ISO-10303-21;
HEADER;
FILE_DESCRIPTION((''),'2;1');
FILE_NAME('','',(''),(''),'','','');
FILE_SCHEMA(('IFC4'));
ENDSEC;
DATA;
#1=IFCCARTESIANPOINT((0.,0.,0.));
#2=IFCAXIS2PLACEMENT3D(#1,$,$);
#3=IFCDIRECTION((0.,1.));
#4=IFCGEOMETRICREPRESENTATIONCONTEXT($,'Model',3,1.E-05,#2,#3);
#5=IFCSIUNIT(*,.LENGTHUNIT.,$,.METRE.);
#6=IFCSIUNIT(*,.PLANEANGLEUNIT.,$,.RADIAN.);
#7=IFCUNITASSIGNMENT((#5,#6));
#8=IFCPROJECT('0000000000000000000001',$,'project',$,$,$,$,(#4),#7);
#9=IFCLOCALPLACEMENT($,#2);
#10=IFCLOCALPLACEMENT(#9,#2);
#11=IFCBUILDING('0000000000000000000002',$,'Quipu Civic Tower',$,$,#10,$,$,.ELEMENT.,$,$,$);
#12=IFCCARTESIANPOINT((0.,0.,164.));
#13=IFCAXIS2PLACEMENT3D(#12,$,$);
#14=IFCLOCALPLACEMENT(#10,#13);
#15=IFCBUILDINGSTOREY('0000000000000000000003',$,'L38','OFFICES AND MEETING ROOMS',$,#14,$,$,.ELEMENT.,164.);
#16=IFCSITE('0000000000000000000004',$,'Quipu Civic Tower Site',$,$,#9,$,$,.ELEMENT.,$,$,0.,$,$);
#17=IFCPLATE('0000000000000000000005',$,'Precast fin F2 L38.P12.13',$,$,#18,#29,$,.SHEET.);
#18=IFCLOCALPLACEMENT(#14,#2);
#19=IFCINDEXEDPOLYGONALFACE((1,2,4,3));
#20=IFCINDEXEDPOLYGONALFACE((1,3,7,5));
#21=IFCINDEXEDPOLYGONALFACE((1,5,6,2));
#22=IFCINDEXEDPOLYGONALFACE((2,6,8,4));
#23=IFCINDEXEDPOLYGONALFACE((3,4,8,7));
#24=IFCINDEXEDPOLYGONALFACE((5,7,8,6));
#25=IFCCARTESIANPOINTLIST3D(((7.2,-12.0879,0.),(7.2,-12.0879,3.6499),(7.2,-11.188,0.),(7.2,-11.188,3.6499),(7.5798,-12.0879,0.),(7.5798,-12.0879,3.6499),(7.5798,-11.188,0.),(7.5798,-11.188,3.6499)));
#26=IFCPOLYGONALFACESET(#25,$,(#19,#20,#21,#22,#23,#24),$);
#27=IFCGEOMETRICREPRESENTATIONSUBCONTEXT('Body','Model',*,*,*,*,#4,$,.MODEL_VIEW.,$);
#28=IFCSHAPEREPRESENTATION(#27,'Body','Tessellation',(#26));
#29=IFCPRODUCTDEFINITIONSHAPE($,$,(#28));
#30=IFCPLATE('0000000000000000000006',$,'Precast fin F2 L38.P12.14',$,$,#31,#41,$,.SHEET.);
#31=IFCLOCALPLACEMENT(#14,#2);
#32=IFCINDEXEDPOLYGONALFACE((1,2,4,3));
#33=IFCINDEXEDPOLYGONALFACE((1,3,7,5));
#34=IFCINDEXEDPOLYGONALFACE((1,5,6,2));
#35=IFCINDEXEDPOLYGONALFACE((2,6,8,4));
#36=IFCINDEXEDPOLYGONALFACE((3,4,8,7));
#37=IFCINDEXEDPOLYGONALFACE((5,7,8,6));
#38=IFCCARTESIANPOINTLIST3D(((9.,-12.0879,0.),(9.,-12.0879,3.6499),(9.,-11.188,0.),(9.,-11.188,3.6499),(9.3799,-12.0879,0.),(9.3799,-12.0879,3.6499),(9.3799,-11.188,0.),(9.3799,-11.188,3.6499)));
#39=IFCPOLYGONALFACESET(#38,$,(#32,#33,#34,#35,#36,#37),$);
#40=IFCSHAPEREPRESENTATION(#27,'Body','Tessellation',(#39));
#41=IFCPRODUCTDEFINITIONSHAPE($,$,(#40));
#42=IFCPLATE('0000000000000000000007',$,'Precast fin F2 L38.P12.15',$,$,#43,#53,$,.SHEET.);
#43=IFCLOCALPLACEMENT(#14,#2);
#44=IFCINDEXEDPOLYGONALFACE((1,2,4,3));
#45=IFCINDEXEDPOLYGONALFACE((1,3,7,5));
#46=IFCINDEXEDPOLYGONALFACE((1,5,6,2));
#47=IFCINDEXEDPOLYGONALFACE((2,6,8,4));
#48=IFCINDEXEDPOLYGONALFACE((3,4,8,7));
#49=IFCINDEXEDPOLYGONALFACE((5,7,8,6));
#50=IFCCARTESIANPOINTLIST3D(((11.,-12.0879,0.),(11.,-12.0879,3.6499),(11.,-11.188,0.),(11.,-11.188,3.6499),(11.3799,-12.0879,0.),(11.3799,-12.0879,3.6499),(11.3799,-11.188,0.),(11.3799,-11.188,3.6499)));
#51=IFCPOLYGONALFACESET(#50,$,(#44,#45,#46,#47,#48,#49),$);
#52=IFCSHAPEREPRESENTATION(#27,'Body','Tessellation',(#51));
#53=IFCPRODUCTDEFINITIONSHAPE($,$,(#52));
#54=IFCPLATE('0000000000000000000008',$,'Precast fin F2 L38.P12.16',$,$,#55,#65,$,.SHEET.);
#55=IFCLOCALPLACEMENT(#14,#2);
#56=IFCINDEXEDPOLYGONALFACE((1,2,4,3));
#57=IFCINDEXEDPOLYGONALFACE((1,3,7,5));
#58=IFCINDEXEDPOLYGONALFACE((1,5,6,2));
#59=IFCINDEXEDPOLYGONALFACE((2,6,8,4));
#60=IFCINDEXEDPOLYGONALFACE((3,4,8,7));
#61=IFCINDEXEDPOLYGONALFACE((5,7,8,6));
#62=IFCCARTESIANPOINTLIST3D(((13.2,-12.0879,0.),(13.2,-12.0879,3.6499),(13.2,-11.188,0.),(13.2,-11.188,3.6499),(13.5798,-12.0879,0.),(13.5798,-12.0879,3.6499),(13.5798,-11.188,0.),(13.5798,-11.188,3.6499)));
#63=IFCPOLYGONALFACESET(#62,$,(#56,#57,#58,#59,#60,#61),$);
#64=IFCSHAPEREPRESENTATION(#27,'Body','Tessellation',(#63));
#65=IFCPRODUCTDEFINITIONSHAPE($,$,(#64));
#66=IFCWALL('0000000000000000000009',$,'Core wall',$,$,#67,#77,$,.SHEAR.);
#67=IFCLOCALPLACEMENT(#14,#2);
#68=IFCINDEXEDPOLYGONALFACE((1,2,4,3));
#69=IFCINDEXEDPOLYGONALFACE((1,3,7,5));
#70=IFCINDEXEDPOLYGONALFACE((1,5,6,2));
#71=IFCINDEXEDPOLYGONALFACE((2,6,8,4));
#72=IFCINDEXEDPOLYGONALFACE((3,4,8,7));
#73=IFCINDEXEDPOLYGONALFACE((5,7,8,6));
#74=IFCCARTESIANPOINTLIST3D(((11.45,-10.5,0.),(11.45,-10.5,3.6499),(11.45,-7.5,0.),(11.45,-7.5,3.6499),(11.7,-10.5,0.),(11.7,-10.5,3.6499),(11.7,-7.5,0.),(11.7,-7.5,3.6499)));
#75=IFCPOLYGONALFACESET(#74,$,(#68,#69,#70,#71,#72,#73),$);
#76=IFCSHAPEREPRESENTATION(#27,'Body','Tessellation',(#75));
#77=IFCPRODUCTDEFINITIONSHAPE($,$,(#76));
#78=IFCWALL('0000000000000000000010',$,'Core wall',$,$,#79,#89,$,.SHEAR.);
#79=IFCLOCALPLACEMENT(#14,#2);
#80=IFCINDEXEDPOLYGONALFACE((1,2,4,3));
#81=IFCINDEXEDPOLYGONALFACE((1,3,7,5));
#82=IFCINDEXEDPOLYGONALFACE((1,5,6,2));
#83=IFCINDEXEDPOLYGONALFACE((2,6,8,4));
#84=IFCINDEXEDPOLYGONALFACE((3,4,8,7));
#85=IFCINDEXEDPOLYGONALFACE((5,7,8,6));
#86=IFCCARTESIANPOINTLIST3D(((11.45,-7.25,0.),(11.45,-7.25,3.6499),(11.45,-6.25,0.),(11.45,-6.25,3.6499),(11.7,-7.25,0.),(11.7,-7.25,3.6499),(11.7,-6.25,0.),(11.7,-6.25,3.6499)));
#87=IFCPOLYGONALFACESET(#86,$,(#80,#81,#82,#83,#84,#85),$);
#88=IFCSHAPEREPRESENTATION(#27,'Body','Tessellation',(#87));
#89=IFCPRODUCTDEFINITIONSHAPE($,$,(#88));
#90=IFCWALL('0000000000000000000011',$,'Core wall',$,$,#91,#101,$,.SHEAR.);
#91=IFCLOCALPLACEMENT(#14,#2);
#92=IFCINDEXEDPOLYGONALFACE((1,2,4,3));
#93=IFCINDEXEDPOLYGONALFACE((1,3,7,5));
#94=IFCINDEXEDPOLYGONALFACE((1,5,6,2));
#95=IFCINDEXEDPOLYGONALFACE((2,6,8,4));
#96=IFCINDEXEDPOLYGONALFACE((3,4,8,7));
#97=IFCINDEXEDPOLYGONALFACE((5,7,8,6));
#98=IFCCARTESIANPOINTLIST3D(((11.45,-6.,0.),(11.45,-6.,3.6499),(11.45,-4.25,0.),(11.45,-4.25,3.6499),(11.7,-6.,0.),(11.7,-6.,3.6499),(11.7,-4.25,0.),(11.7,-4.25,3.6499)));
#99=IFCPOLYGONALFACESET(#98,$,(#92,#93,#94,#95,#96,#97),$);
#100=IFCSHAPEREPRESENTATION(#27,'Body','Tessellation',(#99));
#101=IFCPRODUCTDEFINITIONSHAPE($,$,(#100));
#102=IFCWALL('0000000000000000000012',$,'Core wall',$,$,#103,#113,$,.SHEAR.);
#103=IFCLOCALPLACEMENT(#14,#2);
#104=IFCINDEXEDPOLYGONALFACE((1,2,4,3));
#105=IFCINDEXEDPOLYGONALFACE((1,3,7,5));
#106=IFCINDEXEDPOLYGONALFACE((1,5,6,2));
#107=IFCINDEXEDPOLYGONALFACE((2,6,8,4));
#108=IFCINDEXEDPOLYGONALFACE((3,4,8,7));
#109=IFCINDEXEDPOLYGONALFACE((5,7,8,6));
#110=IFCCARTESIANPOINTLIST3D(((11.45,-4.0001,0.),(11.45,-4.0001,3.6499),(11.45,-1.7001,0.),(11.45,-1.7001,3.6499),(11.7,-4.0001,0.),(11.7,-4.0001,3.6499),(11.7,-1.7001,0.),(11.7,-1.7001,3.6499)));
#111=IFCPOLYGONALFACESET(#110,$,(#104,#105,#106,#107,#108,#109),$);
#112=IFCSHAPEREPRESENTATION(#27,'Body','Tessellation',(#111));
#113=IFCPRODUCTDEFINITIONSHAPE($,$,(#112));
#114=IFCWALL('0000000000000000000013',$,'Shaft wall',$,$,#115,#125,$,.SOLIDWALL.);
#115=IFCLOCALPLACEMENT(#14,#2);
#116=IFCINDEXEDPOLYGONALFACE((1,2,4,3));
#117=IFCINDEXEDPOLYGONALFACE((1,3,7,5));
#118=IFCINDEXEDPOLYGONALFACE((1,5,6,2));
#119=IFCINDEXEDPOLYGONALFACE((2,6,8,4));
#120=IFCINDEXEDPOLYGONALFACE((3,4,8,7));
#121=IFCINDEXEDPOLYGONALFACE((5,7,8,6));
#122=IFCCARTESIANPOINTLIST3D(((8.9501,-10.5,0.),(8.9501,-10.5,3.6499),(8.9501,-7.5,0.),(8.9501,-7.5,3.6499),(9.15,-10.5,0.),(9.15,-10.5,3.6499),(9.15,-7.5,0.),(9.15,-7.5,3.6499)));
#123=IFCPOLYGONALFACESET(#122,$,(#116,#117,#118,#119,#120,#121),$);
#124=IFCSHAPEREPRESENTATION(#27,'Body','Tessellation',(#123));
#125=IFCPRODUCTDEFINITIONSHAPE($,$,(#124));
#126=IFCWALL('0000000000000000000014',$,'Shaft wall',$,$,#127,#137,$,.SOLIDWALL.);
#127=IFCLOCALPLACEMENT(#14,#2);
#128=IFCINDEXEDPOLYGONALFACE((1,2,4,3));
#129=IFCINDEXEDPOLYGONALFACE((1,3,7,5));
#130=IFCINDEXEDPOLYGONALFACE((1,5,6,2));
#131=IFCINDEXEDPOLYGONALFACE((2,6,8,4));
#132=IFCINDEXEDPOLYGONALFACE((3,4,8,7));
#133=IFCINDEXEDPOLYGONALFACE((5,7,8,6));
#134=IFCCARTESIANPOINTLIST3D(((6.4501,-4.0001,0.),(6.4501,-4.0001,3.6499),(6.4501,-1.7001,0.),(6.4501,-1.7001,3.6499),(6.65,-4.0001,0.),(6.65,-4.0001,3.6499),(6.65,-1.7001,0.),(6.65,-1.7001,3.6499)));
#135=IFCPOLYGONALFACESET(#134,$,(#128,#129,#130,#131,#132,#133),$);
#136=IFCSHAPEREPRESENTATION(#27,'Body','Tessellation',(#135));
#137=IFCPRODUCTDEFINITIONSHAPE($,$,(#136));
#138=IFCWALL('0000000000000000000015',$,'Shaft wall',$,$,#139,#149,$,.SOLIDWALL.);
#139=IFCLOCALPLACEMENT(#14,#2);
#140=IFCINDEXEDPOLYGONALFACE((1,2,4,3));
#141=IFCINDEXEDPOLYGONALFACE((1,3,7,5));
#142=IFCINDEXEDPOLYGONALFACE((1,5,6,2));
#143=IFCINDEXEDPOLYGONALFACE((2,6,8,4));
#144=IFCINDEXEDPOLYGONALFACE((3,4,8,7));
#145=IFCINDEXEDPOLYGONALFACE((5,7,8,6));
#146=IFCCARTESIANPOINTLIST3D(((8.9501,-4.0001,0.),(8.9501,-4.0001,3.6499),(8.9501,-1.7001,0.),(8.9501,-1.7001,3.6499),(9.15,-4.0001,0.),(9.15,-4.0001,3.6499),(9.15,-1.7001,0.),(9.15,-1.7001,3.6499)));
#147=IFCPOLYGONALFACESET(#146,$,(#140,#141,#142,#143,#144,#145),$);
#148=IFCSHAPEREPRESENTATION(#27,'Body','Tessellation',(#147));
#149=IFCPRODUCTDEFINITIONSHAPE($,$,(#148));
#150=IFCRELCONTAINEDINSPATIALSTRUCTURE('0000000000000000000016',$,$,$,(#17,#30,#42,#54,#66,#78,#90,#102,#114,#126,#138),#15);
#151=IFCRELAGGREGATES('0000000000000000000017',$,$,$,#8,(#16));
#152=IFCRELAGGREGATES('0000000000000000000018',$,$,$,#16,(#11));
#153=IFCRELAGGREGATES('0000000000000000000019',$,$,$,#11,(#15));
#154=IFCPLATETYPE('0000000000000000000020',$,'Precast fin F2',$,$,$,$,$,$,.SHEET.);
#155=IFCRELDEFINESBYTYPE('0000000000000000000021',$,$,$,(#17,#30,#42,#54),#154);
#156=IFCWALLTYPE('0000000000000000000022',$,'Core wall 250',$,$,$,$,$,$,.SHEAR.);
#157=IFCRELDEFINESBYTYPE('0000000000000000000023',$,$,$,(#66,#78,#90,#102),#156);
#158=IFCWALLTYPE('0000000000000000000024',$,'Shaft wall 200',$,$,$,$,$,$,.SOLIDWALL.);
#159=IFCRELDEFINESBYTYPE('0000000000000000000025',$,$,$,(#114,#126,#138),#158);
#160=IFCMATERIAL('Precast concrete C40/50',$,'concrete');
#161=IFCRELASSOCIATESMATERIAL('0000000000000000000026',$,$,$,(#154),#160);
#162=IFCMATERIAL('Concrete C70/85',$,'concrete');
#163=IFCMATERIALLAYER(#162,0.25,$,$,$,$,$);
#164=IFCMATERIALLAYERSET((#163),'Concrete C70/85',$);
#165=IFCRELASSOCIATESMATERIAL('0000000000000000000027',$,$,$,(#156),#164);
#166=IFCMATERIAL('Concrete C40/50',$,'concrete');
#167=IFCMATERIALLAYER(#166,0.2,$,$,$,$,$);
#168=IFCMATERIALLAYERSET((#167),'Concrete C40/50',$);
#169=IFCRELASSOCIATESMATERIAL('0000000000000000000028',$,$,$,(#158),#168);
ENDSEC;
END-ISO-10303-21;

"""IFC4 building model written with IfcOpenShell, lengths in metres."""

from ifc_helpers import new_model, si_unit, direction, frame, frame_2d, origin, origin_2d, place, context, subcontext, project, spatial, rectangle, extrude, material, layer, layer_set, type_object, element, save


model = new_model("IFC4")

# Units and contexts
model_context = context("Model", 3, precision=1e-05, world=origin(), true_north=direction((0.0, 1.0)))
body_context = subcontext(model_context, "Body", "Model", "MODEL_VIEW")
ifc_project = project(units=[si_unit("LENGTHUNIT", "METRE"), si_unit("PLANEANGLEUNIT", "RADIAN")], contexts=[model_context])

# Site, building, storey
site_placement = place(None, origin())
site = spatial("IfcSite", under=ifc_project, at=site_placement, Name="Quipu Civic Tower Site", CompositionType="ELEMENT", RefElevation=0.0)
building_placement = place(site_placement, origin())
building = spatial("IfcBuilding", under=site, at=building_placement, Name="Quipu Civic Tower", CompositionType="ELEMENT")
storey_placement = place(building_placement, frame((0.0, 0.0, 164.0)))
storey = spatial("IfcBuildingStorey", under=building, at=storey_placement, Name="L38", Description="OFFICES AND MEETING ROOMS", CompositionType="ELEMENT", Elevation=164.0)

# Plates
ifc_material_1 = material(Name="Precast concrete C40/50", Category="concrete")
plate_type = type_object("IfcPlateType", Name="Precast fin F2", PredefinedType="SHEET", material=ifc_material_1)
for number, where, z_axis, x_axis, name in (
    (1, (7.3899, -11.6379, 0.0), (0.0, 0.0, 1.0), (1.0, 0.0, 0.0), "Precast fin F2 L38.P12.13"),
    (2, (9.1899, -11.6379, 0.0), (0.0, 0.0, 1.0), (1.0, 0.0, 0.0), "Precast fin F2 L38.P12.14"),
    (3, (11.1899, -11.6379, 0.0), (0.0, 0.0, 1.0), (1.0, 0.0, 0.0), "Precast fin F2 L38.P12.15"),
    (4, (13.3899, -11.6379, 0.0), (0.0, 0.0, 1.0), (1.0, 0.0, 0.0), "Precast fin F2 L38.P12.16"),
):
    element("IfcPlate", number, at=place(storey_placement, frame(where, z_axis=z_axis, x_axis=x_axis)), inside=storey, type_object=plate_type, Name=name, PredefinedType="SHEET", context=body_context, shape_type="SweptSolid", body=[
        extrude(rectangle(XDim=0.3799, YDim=0.8999, at=origin_2d()), origin(), (0.0, 0.0, 1.0), 3.6499),
    ])

# Wall
ifc_material_2 = material(Name="Concrete C70/85", Category="concrete")
ifc_layer_1 = layer(ifc_material_2, 0.25)
ifc_layer_set_1 = layer_set([ifc_layer_1], Name="Concrete C70/85")
wall_type_1 = type_object("IfcWallType", Name="Core wall 250", PredefinedType="SHEAR", material=ifc_layer_set_1)
wall_1_placement = place(storey_placement, frame((11.575, -10.5, 0.0), z_axis=(0.0, 0.0, 1.0), x_axis=(0.0, 1.0, 0.0)))
element("IfcWall", 5, at=wall_1_placement, inside=storey, type_object=wall_type_1, Name="Core wall", PredefinedType="SHEAR", context=body_context, shape_type="SweptSolid", body=[
    extrude(rectangle(XDim=3.0, YDim=0.25, at=frame_2d((1.5, 0.0))), origin(), (0.0, 0.0, 1.0), 3.6499),
])

# Walls
wall_2_placement = place(storey_placement, frame((11.575, -7.25, 0.0), z_axis=(0.0, 0.0, 1.0), x_axis=(0.0, 1.0, 0.0)))
element("IfcWall", 6, at=wall_2_placement, inside=storey, type_object=wall_type_1, Name="Core wall", PredefinedType="SHEAR", context=body_context, shape_type="SweptSolid", body=[
    extrude(rectangle(XDim=1.0, YDim=0.25, at=frame_2d((0.5, 0.0))), origin(), (0.0, 0.0, 1.0), 3.6499),
])
wall_3_placement = place(storey_placement, frame((11.575, -6.0, 0.0), z_axis=(0.0, 0.0, 1.0), x_axis=(0.0, 1.0, 0.0)))
element("IfcWall", 7, at=wall_3_placement, inside=storey, type_object=wall_type_1, Name="Core wall", PredefinedType="SHEAR", context=body_context, shape_type="SweptSolid", body=[
    extrude(rectangle(XDim=1.75, YDim=0.25, at=frame_2d((0.875, 0.0))), origin(), (0.0, 0.0, 1.0), 3.6499),
])
wall_4_placement = place(storey_placement, frame((11.575, -4.0, 0.0), z_axis=(0.0, 0.0, 1.0), x_axis=(0.0, 1.0, 0.0)))
element("IfcWall", 8, at=wall_4_placement, inside=storey, type_object=wall_type_1, Name="Core wall", PredefinedType="SHEAR", context=body_context, shape_type="SweptSolid", body=[
    extrude(rectangle(XDim=2.3, YDim=0.25, at=frame_2d((1.1499, 0.0))), origin(), (0.0, 0.0, 1.0), 3.6499),
])
ifc_material_3 = material(Name="Concrete C40/50", Category="concrete")
ifc_layer_2 = layer(ifc_material_3, 0.2)
ifc_layer_set_2 = layer_set([ifc_layer_2], Name="Concrete C40/50")
wall_type_2 = type_object("IfcWallType", Name="Shaft wall 200", PredefinedType="SOLIDWALL", material=ifc_layer_set_2)
wall_5_placement = place(storey_placement, frame((9.05, -10.5, 0.0), z_axis=(0.0, 0.0, 1.0), x_axis=(0.0, 1.0, 0.0)))
element("IfcWall", 9, at=wall_5_placement, inside=storey, type_object=wall_type_2, Name="Shaft wall", PredefinedType="SOLIDWALL", context=body_context, shape_type="SweptSolid", body=[
    extrude(rectangle(XDim=3.0, YDim=0.2, at=frame_2d((1.5, 0.0))), origin(), (0.0, 0.0, 1.0), 3.6499),
])
for number, where, z_axis, x_axis, name in (
    (10, (6.55, -4.0, 0.0), (0.0, 0.0, 1.0), (0.0, 1.0, 0.0), "Shaft wall"),
    (11, (9.05, -4.0, 0.0), (0.0, 0.0, 1.0), (0.0, 1.0, 0.0), "Shaft wall"),
):
    element("IfcWall", number, at=place(storey_placement, frame(where, z_axis=z_axis, x_axis=x_axis)), inside=storey, type_object=wall_type_2, Name=name, PredefinedType="SOLIDWALL", context=body_context, shape_type="SweptSolid", body=[
        extrude(rectangle(XDim=2.3, YDim=0.2, at=frame_2d((1.1499, 0.0))), origin(), (0.0, 0.0, 1.0), 3.6499),
    ])

save(model, "model.ifc")
